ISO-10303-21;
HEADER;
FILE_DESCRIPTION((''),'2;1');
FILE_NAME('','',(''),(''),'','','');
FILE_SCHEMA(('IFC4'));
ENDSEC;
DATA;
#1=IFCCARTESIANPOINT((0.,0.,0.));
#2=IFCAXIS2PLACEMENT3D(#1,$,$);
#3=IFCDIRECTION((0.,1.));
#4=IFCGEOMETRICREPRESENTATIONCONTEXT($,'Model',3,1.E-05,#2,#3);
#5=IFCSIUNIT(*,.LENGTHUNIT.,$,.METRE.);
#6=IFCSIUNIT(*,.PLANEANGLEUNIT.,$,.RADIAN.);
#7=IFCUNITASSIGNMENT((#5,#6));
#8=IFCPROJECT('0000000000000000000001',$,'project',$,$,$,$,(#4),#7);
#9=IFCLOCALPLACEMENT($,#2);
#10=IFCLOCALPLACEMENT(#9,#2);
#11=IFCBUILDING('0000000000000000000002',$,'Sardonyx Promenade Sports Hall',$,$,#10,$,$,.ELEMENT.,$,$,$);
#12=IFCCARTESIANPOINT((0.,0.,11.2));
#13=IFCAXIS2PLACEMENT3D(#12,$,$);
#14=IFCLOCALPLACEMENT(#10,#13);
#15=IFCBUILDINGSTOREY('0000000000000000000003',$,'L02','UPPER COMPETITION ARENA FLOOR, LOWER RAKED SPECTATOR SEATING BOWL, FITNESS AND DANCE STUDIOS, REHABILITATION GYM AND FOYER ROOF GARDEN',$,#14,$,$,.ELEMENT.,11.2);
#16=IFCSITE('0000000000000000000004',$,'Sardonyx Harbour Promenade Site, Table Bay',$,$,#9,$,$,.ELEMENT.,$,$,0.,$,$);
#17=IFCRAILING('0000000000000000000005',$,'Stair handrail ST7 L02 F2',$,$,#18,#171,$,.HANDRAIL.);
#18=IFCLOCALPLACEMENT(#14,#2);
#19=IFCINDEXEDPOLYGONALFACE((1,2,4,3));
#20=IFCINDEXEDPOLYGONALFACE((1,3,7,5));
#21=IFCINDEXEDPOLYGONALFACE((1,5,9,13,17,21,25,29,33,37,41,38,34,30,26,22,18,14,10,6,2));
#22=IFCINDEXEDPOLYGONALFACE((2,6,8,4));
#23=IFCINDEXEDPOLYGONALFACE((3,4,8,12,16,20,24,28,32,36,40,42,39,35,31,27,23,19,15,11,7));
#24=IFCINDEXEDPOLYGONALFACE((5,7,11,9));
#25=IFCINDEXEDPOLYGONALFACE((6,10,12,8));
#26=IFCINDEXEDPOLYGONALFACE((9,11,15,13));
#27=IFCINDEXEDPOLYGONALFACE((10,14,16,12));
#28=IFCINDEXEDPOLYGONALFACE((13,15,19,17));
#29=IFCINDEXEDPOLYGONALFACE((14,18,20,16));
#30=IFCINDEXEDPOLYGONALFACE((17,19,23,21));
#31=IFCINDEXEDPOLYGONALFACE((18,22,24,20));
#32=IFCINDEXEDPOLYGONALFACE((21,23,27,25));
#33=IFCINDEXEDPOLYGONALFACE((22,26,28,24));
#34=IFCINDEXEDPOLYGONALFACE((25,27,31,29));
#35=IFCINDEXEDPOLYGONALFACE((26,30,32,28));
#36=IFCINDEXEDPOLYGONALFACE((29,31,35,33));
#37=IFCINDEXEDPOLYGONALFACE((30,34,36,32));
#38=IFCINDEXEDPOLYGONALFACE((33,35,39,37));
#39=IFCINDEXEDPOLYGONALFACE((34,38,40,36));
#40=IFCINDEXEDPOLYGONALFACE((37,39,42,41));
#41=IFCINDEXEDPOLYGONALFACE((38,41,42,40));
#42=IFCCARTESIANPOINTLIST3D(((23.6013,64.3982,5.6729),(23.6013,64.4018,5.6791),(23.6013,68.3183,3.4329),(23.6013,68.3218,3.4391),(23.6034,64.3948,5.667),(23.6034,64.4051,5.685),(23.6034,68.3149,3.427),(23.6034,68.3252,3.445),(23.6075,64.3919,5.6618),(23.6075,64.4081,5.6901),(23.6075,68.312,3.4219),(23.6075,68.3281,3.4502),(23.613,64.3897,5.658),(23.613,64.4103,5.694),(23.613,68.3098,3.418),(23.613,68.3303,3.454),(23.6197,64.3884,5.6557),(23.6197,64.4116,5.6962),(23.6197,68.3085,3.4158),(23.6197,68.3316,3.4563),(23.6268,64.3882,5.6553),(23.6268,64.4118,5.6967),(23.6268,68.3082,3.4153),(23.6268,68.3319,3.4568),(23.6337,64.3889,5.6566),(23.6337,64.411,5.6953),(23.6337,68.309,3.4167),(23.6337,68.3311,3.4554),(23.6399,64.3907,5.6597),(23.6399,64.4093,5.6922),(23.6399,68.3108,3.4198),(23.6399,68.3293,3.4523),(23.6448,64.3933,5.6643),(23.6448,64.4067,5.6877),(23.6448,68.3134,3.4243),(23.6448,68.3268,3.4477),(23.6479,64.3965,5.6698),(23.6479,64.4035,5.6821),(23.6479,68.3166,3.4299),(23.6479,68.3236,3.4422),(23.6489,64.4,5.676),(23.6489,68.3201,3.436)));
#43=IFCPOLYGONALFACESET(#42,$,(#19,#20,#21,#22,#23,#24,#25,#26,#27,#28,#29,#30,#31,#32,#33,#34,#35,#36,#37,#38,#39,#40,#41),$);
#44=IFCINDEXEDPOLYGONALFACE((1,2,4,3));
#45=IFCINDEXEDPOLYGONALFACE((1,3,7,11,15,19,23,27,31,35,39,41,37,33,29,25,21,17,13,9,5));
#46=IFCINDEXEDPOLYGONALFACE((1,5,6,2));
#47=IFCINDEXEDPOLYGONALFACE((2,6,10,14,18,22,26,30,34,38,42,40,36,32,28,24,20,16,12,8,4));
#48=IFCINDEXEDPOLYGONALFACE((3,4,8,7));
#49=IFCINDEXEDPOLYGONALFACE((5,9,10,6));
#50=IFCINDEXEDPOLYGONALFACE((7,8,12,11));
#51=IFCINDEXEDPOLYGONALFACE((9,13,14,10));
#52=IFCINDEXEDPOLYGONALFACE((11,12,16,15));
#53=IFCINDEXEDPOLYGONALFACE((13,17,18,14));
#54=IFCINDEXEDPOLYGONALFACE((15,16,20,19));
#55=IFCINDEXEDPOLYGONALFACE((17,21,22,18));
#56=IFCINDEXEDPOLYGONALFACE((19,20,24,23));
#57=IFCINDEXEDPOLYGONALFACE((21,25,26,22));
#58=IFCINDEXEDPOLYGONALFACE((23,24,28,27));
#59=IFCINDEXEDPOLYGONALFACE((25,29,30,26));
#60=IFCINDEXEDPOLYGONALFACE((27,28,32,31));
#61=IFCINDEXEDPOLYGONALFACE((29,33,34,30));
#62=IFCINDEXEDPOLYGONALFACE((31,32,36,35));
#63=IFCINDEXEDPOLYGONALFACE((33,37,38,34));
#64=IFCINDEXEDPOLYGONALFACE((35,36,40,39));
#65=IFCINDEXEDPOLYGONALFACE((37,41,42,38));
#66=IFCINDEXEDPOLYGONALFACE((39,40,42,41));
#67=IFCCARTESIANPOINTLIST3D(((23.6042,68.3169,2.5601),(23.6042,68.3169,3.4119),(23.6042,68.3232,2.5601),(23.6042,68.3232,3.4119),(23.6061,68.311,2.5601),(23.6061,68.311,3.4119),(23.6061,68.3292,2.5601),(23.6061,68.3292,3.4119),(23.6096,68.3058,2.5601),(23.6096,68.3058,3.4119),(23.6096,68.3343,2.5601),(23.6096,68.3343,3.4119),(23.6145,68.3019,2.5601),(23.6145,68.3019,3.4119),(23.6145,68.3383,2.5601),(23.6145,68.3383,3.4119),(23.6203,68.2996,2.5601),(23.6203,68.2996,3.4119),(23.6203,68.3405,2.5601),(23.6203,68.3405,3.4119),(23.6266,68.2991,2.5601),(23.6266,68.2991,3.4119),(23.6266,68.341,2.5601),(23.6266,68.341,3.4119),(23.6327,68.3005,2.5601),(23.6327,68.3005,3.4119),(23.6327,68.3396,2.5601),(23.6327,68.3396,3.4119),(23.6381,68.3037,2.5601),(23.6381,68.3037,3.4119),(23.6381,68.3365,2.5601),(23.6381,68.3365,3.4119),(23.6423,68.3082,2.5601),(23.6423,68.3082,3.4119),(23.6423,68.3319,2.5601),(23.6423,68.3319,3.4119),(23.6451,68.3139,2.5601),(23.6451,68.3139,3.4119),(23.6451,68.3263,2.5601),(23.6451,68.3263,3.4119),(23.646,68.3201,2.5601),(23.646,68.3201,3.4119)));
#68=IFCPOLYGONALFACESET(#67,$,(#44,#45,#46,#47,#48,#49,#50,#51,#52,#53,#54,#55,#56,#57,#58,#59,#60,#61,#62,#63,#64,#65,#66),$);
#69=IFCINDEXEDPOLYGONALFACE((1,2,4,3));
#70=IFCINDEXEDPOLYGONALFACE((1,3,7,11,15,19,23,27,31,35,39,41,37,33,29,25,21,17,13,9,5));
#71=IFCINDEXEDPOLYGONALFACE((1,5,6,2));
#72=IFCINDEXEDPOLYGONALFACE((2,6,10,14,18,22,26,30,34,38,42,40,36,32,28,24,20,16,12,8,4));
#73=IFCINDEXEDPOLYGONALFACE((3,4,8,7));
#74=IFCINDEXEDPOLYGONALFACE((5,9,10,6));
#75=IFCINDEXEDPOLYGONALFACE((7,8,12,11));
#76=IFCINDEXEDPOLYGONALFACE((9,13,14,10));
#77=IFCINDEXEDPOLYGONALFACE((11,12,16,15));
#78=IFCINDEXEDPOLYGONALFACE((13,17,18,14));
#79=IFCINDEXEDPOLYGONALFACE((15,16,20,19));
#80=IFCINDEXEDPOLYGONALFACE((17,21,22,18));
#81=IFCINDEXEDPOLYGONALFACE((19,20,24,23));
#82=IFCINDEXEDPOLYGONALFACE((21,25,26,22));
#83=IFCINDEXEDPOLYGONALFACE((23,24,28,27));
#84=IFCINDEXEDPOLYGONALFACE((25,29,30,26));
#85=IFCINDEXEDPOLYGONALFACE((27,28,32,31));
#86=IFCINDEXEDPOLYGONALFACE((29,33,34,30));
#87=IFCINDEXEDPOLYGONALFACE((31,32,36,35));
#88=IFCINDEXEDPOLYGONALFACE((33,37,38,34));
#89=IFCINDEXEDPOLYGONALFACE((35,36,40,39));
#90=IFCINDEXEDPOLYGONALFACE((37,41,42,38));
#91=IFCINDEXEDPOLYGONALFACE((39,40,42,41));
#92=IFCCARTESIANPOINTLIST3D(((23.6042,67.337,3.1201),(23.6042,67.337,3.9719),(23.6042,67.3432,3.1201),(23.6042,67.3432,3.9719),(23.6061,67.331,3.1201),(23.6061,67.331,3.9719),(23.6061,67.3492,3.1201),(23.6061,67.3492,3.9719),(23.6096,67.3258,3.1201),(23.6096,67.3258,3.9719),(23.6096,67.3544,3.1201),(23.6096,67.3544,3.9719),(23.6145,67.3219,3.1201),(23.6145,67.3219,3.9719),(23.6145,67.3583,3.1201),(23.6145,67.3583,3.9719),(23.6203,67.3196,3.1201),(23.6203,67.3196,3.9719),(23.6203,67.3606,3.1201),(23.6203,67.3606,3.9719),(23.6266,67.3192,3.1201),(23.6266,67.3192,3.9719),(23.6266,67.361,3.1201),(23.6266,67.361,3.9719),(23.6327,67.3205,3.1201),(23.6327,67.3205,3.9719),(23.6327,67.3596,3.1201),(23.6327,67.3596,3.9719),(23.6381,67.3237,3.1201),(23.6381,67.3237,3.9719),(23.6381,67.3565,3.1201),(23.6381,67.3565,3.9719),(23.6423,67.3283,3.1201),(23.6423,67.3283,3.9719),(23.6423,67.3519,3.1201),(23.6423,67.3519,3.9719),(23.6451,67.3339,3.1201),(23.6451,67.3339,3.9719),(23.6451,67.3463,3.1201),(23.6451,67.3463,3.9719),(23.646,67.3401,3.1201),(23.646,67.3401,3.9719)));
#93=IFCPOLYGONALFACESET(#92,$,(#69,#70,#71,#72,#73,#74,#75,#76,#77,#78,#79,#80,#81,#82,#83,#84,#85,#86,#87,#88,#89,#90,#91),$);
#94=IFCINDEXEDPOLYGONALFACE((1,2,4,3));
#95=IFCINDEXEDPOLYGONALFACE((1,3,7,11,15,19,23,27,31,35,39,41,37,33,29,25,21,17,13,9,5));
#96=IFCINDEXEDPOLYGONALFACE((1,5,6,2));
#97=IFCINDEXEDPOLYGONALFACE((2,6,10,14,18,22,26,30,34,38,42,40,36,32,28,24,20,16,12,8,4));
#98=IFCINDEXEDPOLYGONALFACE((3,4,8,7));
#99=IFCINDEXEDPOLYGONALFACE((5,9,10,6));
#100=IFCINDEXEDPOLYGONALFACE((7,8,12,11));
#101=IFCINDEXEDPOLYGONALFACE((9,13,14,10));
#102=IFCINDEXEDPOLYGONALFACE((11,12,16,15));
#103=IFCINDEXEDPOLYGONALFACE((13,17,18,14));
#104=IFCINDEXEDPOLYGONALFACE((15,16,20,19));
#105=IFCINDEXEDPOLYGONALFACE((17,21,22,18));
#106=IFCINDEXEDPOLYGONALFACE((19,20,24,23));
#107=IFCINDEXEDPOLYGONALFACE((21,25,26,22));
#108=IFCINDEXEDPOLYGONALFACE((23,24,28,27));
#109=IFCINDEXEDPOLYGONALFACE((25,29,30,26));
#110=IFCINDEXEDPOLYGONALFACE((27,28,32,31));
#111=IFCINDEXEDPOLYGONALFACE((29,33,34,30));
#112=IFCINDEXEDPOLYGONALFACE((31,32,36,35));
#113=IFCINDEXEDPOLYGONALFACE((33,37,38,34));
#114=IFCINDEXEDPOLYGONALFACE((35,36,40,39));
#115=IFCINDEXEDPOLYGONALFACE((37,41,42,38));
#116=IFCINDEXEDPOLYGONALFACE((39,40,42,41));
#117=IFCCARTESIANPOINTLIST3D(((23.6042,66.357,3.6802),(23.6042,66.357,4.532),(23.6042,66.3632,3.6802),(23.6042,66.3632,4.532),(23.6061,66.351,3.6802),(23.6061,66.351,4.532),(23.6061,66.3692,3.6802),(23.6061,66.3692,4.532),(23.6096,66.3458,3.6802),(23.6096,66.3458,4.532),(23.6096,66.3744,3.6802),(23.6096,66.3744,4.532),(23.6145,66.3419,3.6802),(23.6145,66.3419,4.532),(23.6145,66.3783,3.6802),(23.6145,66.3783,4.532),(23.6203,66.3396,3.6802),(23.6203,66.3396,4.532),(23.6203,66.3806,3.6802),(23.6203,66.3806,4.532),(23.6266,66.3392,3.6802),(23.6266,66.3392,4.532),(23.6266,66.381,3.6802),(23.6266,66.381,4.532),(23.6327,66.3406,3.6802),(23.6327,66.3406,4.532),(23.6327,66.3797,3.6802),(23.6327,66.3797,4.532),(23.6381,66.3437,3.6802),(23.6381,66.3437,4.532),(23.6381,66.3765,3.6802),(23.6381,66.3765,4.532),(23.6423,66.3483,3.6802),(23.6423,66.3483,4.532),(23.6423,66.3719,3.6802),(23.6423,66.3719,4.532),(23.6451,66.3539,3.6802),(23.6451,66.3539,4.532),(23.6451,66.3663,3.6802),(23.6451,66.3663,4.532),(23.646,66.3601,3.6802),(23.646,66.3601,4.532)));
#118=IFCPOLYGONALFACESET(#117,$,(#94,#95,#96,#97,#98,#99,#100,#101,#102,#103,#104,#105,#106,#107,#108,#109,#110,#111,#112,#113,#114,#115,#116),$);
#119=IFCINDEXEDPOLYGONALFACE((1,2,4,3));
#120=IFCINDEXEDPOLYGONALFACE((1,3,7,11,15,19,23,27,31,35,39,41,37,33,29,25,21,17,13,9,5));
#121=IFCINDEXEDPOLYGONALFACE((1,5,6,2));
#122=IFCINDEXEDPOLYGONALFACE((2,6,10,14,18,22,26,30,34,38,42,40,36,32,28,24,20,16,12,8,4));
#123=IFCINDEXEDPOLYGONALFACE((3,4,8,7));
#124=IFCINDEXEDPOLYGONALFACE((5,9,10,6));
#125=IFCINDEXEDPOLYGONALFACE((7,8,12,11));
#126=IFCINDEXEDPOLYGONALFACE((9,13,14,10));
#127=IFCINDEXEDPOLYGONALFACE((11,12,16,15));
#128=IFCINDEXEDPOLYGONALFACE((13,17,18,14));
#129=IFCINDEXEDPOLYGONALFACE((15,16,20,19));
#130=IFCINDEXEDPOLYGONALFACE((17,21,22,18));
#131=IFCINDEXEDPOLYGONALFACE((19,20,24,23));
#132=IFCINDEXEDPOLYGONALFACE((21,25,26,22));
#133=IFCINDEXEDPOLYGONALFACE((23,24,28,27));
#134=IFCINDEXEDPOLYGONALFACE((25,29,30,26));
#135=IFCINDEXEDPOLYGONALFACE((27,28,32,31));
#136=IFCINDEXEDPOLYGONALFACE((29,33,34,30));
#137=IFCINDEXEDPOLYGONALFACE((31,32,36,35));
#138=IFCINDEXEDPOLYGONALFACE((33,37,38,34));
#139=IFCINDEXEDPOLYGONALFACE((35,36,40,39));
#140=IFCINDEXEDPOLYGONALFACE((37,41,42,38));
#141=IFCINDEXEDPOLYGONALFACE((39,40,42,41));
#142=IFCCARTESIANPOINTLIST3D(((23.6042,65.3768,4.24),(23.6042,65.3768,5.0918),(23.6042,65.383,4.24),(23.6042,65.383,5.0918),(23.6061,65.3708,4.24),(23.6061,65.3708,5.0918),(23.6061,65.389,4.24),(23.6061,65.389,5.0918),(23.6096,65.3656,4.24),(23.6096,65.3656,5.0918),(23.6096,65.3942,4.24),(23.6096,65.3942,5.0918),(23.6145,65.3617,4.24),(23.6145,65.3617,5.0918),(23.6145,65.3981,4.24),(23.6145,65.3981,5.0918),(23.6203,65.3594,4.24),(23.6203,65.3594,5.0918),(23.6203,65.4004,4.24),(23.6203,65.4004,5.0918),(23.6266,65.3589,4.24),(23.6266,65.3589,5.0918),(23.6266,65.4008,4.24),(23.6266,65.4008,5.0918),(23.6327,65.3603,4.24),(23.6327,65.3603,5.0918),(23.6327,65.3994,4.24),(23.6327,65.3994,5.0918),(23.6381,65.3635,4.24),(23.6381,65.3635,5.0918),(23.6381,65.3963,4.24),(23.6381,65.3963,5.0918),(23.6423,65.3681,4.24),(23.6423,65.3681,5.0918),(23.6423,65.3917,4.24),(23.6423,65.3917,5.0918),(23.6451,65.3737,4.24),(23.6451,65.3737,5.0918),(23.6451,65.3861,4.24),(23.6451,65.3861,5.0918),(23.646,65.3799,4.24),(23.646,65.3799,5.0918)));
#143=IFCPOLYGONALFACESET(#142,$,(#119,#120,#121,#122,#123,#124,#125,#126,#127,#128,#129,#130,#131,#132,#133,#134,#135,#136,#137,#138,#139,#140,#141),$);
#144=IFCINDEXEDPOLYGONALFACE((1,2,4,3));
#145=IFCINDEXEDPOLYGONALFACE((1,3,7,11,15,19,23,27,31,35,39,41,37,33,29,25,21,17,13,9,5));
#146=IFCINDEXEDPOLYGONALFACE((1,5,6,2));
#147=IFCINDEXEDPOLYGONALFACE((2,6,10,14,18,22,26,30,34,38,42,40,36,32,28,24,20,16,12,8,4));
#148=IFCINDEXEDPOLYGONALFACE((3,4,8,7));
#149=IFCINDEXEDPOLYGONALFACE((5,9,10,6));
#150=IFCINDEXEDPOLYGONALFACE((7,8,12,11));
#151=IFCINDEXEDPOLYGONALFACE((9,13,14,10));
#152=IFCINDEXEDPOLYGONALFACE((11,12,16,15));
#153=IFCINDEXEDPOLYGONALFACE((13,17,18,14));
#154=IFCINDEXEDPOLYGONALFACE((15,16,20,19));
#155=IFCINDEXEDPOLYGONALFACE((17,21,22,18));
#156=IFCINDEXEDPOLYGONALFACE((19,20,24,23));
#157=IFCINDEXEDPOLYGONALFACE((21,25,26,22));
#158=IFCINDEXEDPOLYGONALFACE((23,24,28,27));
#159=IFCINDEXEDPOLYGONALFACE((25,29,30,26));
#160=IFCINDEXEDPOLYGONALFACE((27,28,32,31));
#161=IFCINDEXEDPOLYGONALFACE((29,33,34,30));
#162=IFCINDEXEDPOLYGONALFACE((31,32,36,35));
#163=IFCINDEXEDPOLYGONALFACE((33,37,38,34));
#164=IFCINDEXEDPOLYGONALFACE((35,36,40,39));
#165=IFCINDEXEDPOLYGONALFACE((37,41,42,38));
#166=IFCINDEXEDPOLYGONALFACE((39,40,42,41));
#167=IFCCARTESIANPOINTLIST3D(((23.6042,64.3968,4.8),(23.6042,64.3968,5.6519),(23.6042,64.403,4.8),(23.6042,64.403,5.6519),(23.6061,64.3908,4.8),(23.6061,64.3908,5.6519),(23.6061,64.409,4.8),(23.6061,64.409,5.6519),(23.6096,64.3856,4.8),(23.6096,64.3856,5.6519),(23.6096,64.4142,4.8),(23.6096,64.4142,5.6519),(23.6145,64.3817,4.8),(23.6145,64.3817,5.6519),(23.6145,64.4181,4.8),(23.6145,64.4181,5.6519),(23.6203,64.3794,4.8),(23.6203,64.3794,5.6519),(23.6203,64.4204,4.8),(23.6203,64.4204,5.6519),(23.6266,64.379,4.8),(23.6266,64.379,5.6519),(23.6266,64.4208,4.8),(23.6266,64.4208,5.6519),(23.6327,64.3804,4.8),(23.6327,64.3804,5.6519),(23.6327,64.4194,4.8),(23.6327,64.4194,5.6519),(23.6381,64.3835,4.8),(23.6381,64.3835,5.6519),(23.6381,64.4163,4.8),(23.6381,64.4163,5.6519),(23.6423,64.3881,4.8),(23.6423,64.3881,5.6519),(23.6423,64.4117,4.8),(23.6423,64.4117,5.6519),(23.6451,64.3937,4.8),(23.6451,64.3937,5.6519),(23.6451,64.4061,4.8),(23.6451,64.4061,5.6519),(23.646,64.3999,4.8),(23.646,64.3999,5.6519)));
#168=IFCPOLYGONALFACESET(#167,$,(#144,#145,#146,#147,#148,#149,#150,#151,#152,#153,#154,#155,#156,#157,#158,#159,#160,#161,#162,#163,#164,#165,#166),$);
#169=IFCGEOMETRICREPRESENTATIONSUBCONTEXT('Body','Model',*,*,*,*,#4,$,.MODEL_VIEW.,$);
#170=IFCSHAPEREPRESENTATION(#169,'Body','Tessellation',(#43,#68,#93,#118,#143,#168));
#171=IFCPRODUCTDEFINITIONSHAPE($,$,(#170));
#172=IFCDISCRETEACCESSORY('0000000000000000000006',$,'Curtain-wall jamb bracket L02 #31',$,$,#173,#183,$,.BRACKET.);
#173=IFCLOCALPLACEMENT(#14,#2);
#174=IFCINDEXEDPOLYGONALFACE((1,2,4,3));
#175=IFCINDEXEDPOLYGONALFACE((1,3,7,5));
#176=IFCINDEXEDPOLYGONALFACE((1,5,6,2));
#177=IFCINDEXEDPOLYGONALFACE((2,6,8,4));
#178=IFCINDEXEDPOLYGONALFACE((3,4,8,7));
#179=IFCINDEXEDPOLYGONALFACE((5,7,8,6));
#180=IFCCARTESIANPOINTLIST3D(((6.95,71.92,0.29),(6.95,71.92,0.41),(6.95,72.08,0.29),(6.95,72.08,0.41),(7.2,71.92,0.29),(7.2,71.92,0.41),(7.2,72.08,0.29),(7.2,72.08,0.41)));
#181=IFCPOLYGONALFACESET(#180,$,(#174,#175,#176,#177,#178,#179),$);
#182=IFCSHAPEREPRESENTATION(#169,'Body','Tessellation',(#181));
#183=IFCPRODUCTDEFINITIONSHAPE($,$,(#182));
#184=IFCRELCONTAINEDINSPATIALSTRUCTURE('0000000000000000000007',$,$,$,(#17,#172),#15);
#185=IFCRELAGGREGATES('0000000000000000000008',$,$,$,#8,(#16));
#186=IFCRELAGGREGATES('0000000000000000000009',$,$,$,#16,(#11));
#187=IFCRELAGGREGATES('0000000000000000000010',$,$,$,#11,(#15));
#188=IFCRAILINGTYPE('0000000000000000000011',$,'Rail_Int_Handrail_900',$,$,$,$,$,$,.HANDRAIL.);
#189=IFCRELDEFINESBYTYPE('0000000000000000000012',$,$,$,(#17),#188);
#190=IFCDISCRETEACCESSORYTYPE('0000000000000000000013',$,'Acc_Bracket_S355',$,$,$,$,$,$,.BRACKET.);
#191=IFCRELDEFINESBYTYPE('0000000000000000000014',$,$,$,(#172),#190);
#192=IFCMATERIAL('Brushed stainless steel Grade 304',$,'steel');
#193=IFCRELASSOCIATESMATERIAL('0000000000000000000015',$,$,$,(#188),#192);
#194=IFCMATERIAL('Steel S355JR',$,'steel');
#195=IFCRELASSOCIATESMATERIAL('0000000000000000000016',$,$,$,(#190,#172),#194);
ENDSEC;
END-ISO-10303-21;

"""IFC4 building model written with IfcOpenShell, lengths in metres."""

from ifc_helpers import new_model, si_unit, direction, frame, origin, origin_2d, place, context, subcontext, project, spatial, rectangle, circle, extrude, material, type_object, element, save


model = new_model("IFC4")

# Units and contexts
model_context = context("Model", 3, precision=1e-05, world=origin(), true_north=direction((0.0, 1.0)))
body_context = subcontext(model_context, "Body", "Model", "MODEL_VIEW")
ifc_project = project(units=[si_unit("LENGTHUNIT", "METRE"), si_unit("PLANEANGLEUNIT", "RADIAN")], contexts=[model_context])

# Site, building, storey
site_placement = place(None, origin())
site = spatial("IfcSite", under=ifc_project, at=site_placement, Name="Sardonyx Harbour Promenade Site, Table Bay", CompositionType="ELEMENT", RefElevation=0.0)
building_placement = place(site_placement, origin())
building = spatial("IfcBuilding", under=site, at=building_placement, Name="Sardonyx Promenade Sports Hall", CompositionType="ELEMENT")
storey_placement = place(building_placement, frame((0.0, 0.0, 11.2)))
storey = spatial("IfcBuildingStorey", under=building, at=storey_placement, Name="L02", Description="UPPER COMPETITION ARENA FLOOR, LOWER RAKED SPECTATOR SEATING BOWL, FITNESS AND DANCE STUDIOS, REHABILITATION GYM AND FOYER ROOF GARDEN", CompositionType="ELEMENT", Elevation=11.2)

# Railing
ifc_material_1 = material(Name="Brushed stainless steel Grade 304", Category="steel")
railing_type = type_object("IfcRailingType", Name="Rail_Int_Handrail_900", PredefinedType="HANDRAIL", material=ifc_material_1)
railing_placement = place(storey_placement, frame((23.625, 68.3201, 2.5601)))
element("IfcRailing", 1, at=railing_placement, inside=storey, type_object=railing_type, Name="Stair handrail ST7 L02 F2", PredefinedType="HANDRAIL", context=body_context, shape_type="SweptSolid", body=[
    extrude(circle(Radius=0.0239, at=origin_2d()), frame((0.0, 0.0, 0.876), z_axis=(0.0, -0.868253, 0.496121), x_axis=(1.0, 0.0, 0.0)), (0.0, 0.0, 1.0), 4.5149),
    extrude(circle(Radius=0.021, at=origin_2d()), origin(), (0.0, 0.0, 1.0), 0.8518),
    extrude(circle(Radius=0.021, at=origin_2d()), frame((0.0, -0.98, 0.5601)), (0.0, 0.0, 1.0), 0.8518),
    extrude(circle(Radius=0.021, at=origin_2d()), frame((0.0, -1.96, 1.1201)), (0.0, 0.0, 1.0), 0.8518),
    extrude(circle(Radius=0.021, at=origin_2d()), frame((0.0, -2.9402, 1.6799)), (0.0, 0.0, 1.0), 0.8518),
    extrude(circle(Radius=0.021, at=origin_2d()), frame((0.0, -3.9202, 2.24)), (0.0, 0.0, 1.0), 0.8518),
])

# Discrete accessory
ifc_material_2 = material(Name="Steel S355JR", Category="steel")
discrete_accessory_type = type_object("IfcDiscreteAccessoryType", Name="Acc_Bracket_S355", PredefinedType="BRACKET", material=ifc_material_2)
discrete_accessory_placement = place(storey_placement, frame((7.075, 72.0, 0.29), z_axis=(0.0, 0.0, 1.0), x_axis=(1.0, 0.0, 0.0)))
element("IfcDiscreteAccessory", 2, at=discrete_accessory_placement, inside=storey, type_object=discrete_accessory_type, material=ifc_material_2, Name="Curtain-wall jamb bracket L02 #31", PredefinedType="BRACKET", context=body_context, shape_type="SweptSolid", body=[
    extrude(rectangle(XDim=0.25, YDim=0.16), origin(), (0.0, 0.0, 1.0), 0.12),
])

save(model, "model.ifc")
